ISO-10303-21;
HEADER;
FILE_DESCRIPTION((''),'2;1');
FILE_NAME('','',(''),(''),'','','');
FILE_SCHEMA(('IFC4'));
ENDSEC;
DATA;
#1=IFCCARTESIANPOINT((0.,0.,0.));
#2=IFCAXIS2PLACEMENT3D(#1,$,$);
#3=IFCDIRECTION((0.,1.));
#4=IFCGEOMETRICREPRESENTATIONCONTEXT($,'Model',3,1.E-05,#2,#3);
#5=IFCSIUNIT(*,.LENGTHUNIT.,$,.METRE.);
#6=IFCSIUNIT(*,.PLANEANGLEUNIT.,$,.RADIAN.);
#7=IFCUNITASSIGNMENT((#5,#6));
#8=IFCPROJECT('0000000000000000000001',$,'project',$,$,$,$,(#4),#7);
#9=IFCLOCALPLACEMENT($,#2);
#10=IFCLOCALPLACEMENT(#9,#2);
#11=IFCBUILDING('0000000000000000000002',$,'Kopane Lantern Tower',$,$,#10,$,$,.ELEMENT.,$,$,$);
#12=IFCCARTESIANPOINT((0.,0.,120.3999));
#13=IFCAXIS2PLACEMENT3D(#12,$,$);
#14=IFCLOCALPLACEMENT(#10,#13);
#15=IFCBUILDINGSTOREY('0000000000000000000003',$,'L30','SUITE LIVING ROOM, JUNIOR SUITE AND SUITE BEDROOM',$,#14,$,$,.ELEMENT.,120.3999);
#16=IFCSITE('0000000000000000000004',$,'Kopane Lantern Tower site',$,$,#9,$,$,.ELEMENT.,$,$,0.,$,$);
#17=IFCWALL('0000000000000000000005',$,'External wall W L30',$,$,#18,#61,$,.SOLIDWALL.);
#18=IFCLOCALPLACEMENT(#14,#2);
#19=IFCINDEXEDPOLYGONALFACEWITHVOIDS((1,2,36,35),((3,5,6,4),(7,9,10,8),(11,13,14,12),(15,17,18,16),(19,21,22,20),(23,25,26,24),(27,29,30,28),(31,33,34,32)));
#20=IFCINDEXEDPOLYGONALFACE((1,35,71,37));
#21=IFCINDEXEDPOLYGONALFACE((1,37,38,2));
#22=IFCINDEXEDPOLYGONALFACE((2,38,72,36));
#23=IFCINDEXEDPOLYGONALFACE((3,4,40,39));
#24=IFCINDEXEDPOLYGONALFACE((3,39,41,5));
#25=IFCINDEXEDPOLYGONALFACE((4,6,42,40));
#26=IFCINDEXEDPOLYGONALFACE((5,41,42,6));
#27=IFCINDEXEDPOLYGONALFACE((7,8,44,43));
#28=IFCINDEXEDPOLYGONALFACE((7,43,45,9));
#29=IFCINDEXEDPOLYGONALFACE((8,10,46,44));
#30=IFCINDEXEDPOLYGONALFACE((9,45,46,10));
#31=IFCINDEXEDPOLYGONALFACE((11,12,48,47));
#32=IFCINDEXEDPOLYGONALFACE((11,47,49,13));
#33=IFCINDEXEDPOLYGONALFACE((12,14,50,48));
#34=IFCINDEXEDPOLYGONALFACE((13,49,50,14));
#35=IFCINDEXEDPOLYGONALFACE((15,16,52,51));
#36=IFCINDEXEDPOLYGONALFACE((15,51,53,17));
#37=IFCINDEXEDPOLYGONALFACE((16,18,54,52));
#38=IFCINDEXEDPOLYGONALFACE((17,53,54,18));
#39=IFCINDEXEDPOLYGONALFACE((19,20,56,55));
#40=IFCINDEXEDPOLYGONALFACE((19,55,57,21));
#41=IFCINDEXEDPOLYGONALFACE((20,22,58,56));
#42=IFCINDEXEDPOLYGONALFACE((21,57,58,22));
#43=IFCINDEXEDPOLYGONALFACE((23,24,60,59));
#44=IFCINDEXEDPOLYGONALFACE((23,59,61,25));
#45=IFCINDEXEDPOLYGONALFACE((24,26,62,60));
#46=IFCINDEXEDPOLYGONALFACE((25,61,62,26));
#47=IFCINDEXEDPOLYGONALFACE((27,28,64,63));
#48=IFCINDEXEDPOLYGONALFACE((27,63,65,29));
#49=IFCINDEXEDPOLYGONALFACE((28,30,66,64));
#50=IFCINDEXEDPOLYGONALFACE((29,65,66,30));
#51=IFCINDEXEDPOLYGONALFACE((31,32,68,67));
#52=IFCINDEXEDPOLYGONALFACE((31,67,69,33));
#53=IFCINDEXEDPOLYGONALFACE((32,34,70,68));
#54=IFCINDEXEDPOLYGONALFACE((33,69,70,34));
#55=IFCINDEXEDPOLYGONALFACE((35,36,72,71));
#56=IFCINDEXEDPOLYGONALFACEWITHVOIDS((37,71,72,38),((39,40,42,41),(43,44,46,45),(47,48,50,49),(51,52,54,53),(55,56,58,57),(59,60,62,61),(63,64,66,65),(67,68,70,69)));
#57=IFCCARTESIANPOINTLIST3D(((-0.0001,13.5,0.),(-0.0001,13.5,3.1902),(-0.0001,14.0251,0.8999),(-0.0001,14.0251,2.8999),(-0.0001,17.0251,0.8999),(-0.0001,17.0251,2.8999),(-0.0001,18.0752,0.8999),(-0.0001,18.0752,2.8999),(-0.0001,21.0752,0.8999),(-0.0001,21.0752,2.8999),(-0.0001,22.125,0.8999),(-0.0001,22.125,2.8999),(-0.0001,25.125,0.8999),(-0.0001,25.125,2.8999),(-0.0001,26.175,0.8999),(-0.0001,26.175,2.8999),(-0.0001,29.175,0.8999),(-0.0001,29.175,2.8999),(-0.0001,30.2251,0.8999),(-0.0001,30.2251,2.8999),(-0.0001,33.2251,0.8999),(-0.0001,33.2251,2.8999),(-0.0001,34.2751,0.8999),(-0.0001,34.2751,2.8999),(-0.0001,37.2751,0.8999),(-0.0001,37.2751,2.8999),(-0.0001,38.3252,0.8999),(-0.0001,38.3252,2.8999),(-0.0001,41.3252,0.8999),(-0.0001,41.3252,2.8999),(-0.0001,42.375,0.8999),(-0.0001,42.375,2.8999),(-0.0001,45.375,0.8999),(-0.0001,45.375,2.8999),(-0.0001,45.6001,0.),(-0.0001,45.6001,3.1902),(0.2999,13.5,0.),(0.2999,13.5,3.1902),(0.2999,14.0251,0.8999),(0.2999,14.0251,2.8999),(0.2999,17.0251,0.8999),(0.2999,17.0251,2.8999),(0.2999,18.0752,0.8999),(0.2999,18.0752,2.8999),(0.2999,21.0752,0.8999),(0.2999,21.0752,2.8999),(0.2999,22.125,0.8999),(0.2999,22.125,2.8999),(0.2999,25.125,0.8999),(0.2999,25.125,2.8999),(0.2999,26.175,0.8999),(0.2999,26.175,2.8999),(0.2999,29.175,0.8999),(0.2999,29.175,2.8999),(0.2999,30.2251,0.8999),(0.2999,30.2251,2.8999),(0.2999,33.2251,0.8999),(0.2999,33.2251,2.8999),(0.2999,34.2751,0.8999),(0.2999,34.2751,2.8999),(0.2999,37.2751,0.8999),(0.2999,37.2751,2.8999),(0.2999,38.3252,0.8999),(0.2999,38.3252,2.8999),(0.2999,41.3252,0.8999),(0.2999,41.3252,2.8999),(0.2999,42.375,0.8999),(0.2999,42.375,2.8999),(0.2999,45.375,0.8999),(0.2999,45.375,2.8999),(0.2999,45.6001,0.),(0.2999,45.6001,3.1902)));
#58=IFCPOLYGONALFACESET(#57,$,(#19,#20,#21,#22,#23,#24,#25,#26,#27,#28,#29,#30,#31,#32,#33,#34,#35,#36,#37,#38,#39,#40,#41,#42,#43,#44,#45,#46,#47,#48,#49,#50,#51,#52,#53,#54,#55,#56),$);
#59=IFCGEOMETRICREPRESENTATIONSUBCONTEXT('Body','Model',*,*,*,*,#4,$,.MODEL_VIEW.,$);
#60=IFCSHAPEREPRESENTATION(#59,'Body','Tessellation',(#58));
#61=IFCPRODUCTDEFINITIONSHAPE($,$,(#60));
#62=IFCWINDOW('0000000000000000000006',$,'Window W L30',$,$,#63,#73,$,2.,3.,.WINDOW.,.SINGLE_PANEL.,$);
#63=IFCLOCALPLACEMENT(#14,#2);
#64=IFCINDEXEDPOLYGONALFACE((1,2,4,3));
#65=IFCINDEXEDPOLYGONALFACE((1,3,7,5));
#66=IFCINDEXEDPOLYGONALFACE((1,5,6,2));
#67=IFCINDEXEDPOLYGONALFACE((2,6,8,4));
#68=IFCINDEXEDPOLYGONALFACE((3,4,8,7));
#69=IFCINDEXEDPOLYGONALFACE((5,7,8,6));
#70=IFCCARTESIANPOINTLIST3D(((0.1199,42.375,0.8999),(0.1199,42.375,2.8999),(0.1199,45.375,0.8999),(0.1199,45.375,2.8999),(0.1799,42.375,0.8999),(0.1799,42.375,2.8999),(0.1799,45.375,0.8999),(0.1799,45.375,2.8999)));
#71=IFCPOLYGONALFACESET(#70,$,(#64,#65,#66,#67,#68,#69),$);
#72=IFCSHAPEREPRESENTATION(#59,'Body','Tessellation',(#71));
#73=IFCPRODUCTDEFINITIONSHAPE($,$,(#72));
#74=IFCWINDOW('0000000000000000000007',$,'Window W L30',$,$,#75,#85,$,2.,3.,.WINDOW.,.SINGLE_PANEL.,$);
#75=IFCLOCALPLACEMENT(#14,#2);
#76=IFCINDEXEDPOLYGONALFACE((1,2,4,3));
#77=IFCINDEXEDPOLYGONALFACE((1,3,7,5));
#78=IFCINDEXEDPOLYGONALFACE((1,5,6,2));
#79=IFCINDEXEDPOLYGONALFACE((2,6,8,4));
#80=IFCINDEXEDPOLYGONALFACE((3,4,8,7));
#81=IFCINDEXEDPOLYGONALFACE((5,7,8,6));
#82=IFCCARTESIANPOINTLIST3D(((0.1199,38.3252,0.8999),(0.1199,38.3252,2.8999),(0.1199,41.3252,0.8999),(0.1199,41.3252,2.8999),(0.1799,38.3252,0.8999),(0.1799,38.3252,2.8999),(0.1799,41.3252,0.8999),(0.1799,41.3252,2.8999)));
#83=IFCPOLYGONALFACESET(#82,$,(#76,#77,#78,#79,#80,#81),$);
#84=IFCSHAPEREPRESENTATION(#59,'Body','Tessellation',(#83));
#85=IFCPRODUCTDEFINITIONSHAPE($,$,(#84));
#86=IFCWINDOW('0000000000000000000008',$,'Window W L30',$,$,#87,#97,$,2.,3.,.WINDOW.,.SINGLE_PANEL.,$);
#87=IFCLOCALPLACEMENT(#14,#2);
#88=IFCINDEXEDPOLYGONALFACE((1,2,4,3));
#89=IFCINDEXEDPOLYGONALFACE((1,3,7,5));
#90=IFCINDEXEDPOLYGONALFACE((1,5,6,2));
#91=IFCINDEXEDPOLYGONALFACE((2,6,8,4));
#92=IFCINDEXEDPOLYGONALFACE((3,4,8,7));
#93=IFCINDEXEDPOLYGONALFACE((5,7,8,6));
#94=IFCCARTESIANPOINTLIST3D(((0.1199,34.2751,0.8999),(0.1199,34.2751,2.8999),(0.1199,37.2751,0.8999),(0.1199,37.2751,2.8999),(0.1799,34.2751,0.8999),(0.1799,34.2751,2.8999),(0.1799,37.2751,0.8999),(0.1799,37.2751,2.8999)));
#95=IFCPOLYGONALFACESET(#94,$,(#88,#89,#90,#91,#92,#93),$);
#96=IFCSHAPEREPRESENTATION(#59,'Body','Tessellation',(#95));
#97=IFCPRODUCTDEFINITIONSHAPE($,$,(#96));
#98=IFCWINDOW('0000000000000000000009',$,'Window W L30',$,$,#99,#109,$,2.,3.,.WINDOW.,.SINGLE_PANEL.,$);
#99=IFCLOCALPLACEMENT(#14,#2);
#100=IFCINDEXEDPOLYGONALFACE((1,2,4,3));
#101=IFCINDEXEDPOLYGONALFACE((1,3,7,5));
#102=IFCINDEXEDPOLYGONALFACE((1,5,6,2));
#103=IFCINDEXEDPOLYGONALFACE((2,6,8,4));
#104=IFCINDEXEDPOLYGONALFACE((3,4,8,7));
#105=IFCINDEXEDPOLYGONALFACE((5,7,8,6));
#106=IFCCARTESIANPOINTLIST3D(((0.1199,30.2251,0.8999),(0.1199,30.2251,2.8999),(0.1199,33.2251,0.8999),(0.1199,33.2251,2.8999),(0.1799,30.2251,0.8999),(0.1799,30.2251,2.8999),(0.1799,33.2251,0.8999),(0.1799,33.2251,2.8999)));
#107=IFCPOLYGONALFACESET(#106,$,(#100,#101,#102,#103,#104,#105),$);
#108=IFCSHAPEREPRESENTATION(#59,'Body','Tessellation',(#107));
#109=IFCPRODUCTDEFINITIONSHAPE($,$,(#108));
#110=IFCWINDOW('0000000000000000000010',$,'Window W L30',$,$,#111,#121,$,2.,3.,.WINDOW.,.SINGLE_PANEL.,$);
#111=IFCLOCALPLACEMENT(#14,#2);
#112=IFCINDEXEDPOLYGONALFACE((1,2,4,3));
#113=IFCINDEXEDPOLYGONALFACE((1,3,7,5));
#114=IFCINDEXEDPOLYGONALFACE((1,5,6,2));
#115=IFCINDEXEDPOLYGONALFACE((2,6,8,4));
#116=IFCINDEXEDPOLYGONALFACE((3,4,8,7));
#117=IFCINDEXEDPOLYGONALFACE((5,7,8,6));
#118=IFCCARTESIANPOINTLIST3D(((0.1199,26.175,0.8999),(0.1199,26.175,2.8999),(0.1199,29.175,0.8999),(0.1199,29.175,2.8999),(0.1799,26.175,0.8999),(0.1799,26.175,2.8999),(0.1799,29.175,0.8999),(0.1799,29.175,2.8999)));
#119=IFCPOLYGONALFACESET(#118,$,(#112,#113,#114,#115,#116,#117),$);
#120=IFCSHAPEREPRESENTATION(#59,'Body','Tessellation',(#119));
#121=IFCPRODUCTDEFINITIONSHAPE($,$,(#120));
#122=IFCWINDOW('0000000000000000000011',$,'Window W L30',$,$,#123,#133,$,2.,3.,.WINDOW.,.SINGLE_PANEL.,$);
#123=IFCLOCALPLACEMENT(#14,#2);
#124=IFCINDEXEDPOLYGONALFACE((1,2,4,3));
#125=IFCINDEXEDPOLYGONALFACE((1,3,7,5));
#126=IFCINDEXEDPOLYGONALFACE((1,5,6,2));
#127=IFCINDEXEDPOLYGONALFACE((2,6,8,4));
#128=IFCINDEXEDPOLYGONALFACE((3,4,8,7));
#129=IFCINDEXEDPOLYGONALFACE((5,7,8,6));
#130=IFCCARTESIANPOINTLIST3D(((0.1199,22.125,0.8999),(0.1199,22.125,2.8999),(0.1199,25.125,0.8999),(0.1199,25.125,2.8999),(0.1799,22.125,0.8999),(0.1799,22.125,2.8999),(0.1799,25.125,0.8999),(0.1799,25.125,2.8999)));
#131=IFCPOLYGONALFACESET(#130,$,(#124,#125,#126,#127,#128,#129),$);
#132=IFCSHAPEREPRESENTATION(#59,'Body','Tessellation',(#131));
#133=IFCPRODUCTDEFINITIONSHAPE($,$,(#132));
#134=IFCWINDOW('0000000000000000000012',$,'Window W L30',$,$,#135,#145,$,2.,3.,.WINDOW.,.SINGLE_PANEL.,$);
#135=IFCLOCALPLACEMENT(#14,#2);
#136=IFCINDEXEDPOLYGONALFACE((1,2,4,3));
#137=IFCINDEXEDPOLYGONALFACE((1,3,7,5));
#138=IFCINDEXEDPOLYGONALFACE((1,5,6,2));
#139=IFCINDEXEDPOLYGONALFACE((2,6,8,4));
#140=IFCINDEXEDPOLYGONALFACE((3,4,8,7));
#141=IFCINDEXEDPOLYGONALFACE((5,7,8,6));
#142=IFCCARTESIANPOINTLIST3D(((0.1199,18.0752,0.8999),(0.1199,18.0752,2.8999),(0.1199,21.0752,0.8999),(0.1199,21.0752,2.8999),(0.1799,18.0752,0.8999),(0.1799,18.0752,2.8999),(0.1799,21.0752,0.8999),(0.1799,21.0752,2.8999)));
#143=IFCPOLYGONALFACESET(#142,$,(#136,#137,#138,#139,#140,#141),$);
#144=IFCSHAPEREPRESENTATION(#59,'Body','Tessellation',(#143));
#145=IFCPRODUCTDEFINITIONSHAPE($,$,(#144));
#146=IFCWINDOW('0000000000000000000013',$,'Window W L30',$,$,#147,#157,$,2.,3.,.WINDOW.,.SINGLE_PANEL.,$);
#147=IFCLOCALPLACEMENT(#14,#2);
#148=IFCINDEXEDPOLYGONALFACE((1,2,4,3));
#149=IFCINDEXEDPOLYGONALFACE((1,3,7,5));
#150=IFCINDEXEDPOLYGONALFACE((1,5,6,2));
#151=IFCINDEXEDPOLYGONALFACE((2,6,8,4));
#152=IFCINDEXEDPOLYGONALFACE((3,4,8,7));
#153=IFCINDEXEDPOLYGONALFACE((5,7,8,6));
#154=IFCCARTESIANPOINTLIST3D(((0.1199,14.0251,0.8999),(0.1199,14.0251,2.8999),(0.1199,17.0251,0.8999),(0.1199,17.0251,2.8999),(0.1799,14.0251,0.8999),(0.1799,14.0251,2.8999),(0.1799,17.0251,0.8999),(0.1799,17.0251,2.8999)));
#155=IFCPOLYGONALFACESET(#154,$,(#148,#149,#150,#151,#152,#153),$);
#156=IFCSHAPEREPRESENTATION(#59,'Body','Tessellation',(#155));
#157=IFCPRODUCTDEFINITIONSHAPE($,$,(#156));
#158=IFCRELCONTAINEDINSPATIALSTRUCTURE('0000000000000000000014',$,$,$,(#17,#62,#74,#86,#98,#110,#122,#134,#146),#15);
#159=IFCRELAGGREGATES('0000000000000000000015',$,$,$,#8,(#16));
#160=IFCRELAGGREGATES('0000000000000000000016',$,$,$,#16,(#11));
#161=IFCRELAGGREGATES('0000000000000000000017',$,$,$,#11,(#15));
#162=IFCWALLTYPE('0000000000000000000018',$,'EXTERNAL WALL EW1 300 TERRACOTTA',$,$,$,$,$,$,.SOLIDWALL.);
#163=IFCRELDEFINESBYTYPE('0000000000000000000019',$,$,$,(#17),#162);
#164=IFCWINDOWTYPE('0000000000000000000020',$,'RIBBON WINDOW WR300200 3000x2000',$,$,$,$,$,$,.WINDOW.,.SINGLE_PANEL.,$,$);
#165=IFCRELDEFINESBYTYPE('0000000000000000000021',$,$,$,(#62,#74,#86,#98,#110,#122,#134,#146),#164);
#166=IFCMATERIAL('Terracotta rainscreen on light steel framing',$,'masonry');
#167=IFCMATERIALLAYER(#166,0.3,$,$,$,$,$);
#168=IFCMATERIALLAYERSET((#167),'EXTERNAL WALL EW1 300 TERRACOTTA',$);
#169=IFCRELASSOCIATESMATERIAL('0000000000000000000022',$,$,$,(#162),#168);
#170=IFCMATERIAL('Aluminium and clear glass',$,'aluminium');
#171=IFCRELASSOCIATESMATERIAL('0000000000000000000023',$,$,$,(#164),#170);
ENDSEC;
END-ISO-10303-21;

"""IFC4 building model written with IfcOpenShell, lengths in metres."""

from ifc_helpers import new_model, si_unit, direction, frame, frame_2d, origin, place, context, subcontext, project, spatial, rectangle, extrude, material, layer, layer_set, type_object, element, fill, save


model = new_model("IFC4")

# Units and contexts
model_context = context("Model", 3, precision=1e-05, world=origin(), true_north=direction((0.0, 1.0)))
body_context = subcontext(model_context, "Body", "Model", "MODEL_VIEW")
ifc_project = project(units=[si_unit("LENGTHUNIT", "METRE"), si_unit("PLANEANGLEUNIT", "RADIAN")], contexts=[model_context])

# Site, building, storey
site_placement = place(None, origin())
site = spatial("IfcSite", under=ifc_project, at=site_placement, Name="Kopane Lantern Tower site", CompositionType="ELEMENT", RefElevation=0.0)
building_placement = place(site_placement, origin())
building = spatial("IfcBuilding", under=site, at=building_placement, Name="Kopane Lantern Tower", CompositionType="ELEMENT")
storey_placement = place(building_placement, frame((0.0, 0.0, 120.3999)))
storey = spatial("IfcBuildingStorey", under=building, at=storey_placement, Name="L30", Description="SUITE LIVING ROOM, JUNIOR SUITE AND SUITE BEDROOM", CompositionType="ELEMENT", Elevation=120.3999)

# Shared definitions
ifc_material_1 = material(Name="Terracotta rainscreen on light steel framing", Category="masonry")
ifc_layer_1 = layer(ifc_material_1, 0.3)
ifc_layer_set_1 = layer_set([ifc_layer_1], Name="EXTERNAL WALL EW1 300 TERRACOTTA")
wall_type_1 = type_object("IfcWallType", Name="EXTERNAL WALL EW1 300 TERRACOTTA", PredefinedType="SOLIDWALL", material=ifc_layer_set_1)

# Wall, openings, windows
wall_1_placement = place(storey_placement, frame((0.1499, 45.6001, 0.0), z_axis=(0.0, 0.0, 1.0), x_axis=(0.0, -1.0, 0.0)))
wall_1 = element("IfcWall", 1, at=wall_1_placement, inside=storey, type_object=wall_type_1, Name="External wall W L30", PredefinedType="SOLIDWALL", context=body_context, shape_type="SweptSolid", body=[
    extrude(rectangle(XDim=32.1001, YDim=0.3, at=frame_2d((16.05, 0.0))), origin(), (0.0, 0.0, 1.0), 3.1902),
])
opening_1_placement = place(wall_1_placement, frame((0.2251, 0.0, 0.8999)))
opening_1 = element("IfcOpeningElement", 2, at=opening_1_placement, cuts=wall_1, PredefinedType="OPENING", context=body_context, shape_type="SweptSolid", body=[
    extrude(rectangle(XDim=3.0, YDim=2.0, at=frame_2d((1.5, 1.0))), frame((0.0, 0.1599, 0.0), z_axis=(0.0, -1.0, 0.0), x_axis=(1.0, 0.0, 0.0)), (0.0, 0.0, 1.0), 0.3201),
])
opening_2_placement = place(wall_1_placement, frame((4.2749, 0.0, 0.8999)))
opening_2 = element("IfcOpeningElement", 3, at=opening_2_placement, cuts=wall_1, PredefinedType="OPENING", context=body_context, shape_type="SweptSolid", body=[
    extrude(rectangle(XDim=3.0, YDim=2.0, at=frame_2d((1.5, 1.0))), frame((0.0, 0.1599, 0.0), z_axis=(0.0, -1.0, 0.0), x_axis=(1.0, 0.0, 0.0)), (0.0, 0.0, 1.0), 0.3201),
])
opening_3_placement = place(wall_1_placement, frame((8.325, 0.0, 0.8999)))
opening_3 = element("IfcOpeningElement", 4, at=opening_3_placement, cuts=wall_1, PredefinedType="OPENING", context=body_context, shape_type="SweptSolid", body=[
    extrude(rectangle(XDim=3.0, YDim=2.0, at=frame_2d((1.5, 1.0))), frame((0.0, 0.1599, 0.0), z_axis=(0.0, -1.0, 0.0), x_axis=(1.0, 0.0, 0.0)), (0.0, 0.0, 1.0), 0.3201),
])
opening_4_placement = place(wall_1_placement, frame((12.375, 0.0, 0.8999)))
opening_4 = element("IfcOpeningElement", 5, at=opening_4_placement, cuts=wall_1, PredefinedType="OPENING", context=body_context, shape_type="SweptSolid", body=[
    extrude(rectangle(XDim=3.0, YDim=2.0, at=frame_2d((1.5, 1.0))), frame((0.0, 0.1599, 0.0), z_axis=(0.0, -1.0, 0.0), x_axis=(1.0, 0.0, 0.0)), (0.0, 0.0, 1.0), 0.3201),
])
opening_5_placement = place(wall_1_placement, frame((16.425, 0.0, 0.8999)))
opening_5 = element("IfcOpeningElement", 6, at=opening_5_placement, cuts=wall_1, PredefinedType="OPENING", context=body_context, shape_type="SweptSolid", body=[
    extrude(rectangle(XDim=3.0, YDim=2.0, at=frame_2d((1.5, 1.0))), frame((0.0, 0.1599, 0.0), z_axis=(0.0, -1.0, 0.0), x_axis=(1.0, 0.0, 0.0)), (0.0, 0.0, 1.0), 0.3201),
])
opening_6_placement = place(wall_1_placement, frame((20.4751, 0.0, 0.8999)))
opening_6 = element("IfcOpeningElement", 7, at=opening_6_placement, cuts=wall_1, PredefinedType="OPENING", context=body_context, shape_type="SweptSolid", body=[
    extrude(rectangle(XDim=3.0, YDim=2.0, at=frame_2d((1.5, 1.0))), frame((0.0, 0.1599, 0.0), z_axis=(0.0, -1.0, 0.0), x_axis=(1.0, 0.0, 0.0)), (0.0, 0.0, 1.0), 0.3201),
])
opening_7_placement = place(wall_1_placement, frame((24.5249, 0.0, 0.8999)))
opening_7 = element("IfcOpeningElement", 8, at=opening_7_placement, cuts=wall_1, PredefinedType="OPENING", context=body_context, shape_type="SweptSolid", body=[
    extrude(rectangle(XDim=3.0, YDim=2.0, at=frame_2d((1.5, 1.0))), frame((0.0, 0.1599, 0.0), z_axis=(0.0, -1.0, 0.0), x_axis=(1.0, 0.0, 0.0)), (0.0, 0.0, 1.0), 0.3201),
])
opening_8_placement = place(wall_1_placement, frame((28.575, 0.0, 0.8999)))
opening_8 = element("IfcOpeningElement", 9, at=opening_8_placement, cuts=wall_1, PredefinedType="OPENING", context=body_context, shape_type="SweptSolid", body=[
    extrude(rectangle(XDim=3.0, YDim=2.0, at=frame_2d((1.5, 1.0))), frame((0.0, 0.1599, 0.0), z_axis=(0.0, -1.0, 0.0), x_axis=(1.0, 0.0, 0.0)), (0.0, 0.0, 1.0), 0.3201),
])
ifc_material_2 = material(Name="Aluminium and clear glass", Category="aluminium")
window_type_1 = type_object("IfcWindowType", Name="RIBBON WINDOW WR300200 3000x2000", PartitioningType="SINGLE_PANEL", PredefinedType="WINDOW", material=ifc_material_2)
window_1_placement = place(opening_1_placement, origin())
window_1 = element("IfcWindow", 10, at=window_1_placement, inside=storey, type_object=window_type_1, Name="Window W L30", OverallHeight=2.0, OverallWidth=3.0, PartitioningType="SINGLE_PANEL", PredefinedType="WINDOW", context=body_context, shape_type="SweptSolid", body=[
    extrude(rectangle(XDim=3.0, YDim=2.0, at=frame_2d((1.5, 1.0))), frame((0.0, 0.03, 0.0), z_axis=(0.0, -1.0, 0.0), x_axis=(1.0, 0.0, 0.0)), (0.0, 0.0, 1.0), 0.0601),
])
fill(opening_1, window_1)
window_2_placement = place(opening_2_placement, origin())
window_2 = element("IfcWindow", 11, at=window_2_placement, inside=storey, type_object=window_type_1, Name="Window W L30", OverallHeight=2.0, OverallWidth=3.0, PartitioningType="SINGLE_PANEL", PredefinedType="WINDOW", context=body_context, shape_type="SweptSolid", body=[
    extrude(rectangle(XDim=3.0, YDim=2.0, at=frame_2d((1.5, 1.0))), frame((0.0, 0.03, 0.0), z_axis=(0.0, -1.0, 0.0), x_axis=(1.0, 0.0, 0.0)), (0.0, 0.0, 1.0), 0.0601),
])
fill(opening_2, window_2)
window_3_placement = place(opening_3_placement, origin())
window_3 = element("IfcWindow", 12, at=window_3_placement, inside=storey, type_object=window_type_1, Name="Window W L30", OverallHeight=2.0, OverallWidth=3.0, PartitioningType="SINGLE_PANEL", PredefinedType="WINDOW", context=body_context, shape_type="SweptSolid", body=[
    extrude(rectangle(XDim=3.0, YDim=2.0, at=frame_2d((1.5, 1.0))), frame((0.0, 0.03, 0.0), z_axis=(0.0, -1.0, 0.0), x_axis=(1.0, 0.0, 0.0)), (0.0, 0.0, 1.0), 0.0601),
])
fill(opening_3, window_3)
window_4_placement = place(opening_4_placement, origin())
window_4 = element("IfcWindow", 13, at=window_4_placement, inside=storey, type_object=window_type_1, Name="Window W L30", OverallHeight=2.0, OverallWidth=3.0, PartitioningType="SINGLE_PANEL", PredefinedType="WINDOW", context=body_context, shape_type="SweptSolid", body=[
    extrude(rectangle(XDim=3.0, YDim=2.0, at=frame_2d((1.5, 1.0))), frame((0.0, 0.03, 0.0), z_axis=(0.0, -1.0, 0.0), x_axis=(1.0, 0.0, 0.0)), (0.0, 0.0, 1.0), 0.0601),
])
fill(opening_4, window_4)
window_5_placement = place(opening_5_placement, origin())
window_5 = element("IfcWindow", 14, at=window_5_placement, inside=storey, type_object=window_type_1, Name="Window W L30", OverallHeight=2.0, OverallWidth=3.0, PartitioningType="SINGLE_PANEL", PredefinedType="WINDOW", context=body_context, shape_type="SweptSolid", body=[
    extrude(rectangle(XDim=3.0, YDim=2.0, at=frame_2d((1.5, 1.0))), frame((0.0, 0.03, 0.0), z_axis=(0.0, -1.0, 0.0), x_axis=(1.0, 0.0, 0.0)), (0.0, 0.0, 1.0), 0.0601),
])
fill(opening_5, window_5)
window_6_placement = place(opening_6_placement, origin())
window_6 = element("IfcWindow", 15, at=window_6_placement, inside=storey, type_object=window_type_1, Name="Window W L30", OverallHeight=2.0, OverallWidth=3.0, PartitioningType="SINGLE_PANEL", PredefinedType="WINDOW", context=body_context, shape_type="SweptSolid", body=[
    extrude(rectangle(XDim=3.0, YDim=2.0, at=frame_2d((1.5, 1.0))), frame((0.0, 0.03, 0.0), z_axis=(0.0, -1.0, 0.0), x_axis=(1.0, 0.0, 0.0)), (0.0, 0.0, 1.0), 0.0601),
])
fill(opening_6, window_6)
window_7_placement = place(opening_7_placement, origin())
window_7 = element("IfcWindow", 16, at=window_7_placement, inside=storey, type_object=window_type_1, Name="Window W L30", OverallHeight=2.0, OverallWidth=3.0, PartitioningType="SINGLE_PANEL", PredefinedType="WINDOW", context=body_context, shape_type="SweptSolid", body=[
    extrude(rectangle(XDim=3.0, YDim=2.0, at=frame_2d((1.5, 1.0))), frame((0.0, 0.03, 0.0), z_axis=(0.0, -1.0, 0.0), x_axis=(1.0, 0.0, 0.0)), (0.0, 0.0, 1.0), 0.0601),
])
fill(opening_7, window_7)
window_8_placement = place(opening_8_placement, origin())
window_8 = element("IfcWindow", 17, at=window_8_placement, inside=storey, type_object=window_type_1, Name="Window W L30", OverallHeight=2.0, OverallWidth=3.0, PartitioningType="SINGLE_PANEL", PredefinedType="WINDOW", context=body_context, shape_type="SweptSolid", body=[
    extrude(rectangle(XDim=3.0, YDim=2.0, at=frame_2d((1.5, 1.0))), frame((0.0, 0.03, 0.0), z_axis=(0.0, -1.0, 0.0), x_axis=(1.0, 0.0, 0.0)), (0.0, 0.0, 1.0), 0.0601),
])
fill(opening_8, window_8)

save(model, "model.ifc")
